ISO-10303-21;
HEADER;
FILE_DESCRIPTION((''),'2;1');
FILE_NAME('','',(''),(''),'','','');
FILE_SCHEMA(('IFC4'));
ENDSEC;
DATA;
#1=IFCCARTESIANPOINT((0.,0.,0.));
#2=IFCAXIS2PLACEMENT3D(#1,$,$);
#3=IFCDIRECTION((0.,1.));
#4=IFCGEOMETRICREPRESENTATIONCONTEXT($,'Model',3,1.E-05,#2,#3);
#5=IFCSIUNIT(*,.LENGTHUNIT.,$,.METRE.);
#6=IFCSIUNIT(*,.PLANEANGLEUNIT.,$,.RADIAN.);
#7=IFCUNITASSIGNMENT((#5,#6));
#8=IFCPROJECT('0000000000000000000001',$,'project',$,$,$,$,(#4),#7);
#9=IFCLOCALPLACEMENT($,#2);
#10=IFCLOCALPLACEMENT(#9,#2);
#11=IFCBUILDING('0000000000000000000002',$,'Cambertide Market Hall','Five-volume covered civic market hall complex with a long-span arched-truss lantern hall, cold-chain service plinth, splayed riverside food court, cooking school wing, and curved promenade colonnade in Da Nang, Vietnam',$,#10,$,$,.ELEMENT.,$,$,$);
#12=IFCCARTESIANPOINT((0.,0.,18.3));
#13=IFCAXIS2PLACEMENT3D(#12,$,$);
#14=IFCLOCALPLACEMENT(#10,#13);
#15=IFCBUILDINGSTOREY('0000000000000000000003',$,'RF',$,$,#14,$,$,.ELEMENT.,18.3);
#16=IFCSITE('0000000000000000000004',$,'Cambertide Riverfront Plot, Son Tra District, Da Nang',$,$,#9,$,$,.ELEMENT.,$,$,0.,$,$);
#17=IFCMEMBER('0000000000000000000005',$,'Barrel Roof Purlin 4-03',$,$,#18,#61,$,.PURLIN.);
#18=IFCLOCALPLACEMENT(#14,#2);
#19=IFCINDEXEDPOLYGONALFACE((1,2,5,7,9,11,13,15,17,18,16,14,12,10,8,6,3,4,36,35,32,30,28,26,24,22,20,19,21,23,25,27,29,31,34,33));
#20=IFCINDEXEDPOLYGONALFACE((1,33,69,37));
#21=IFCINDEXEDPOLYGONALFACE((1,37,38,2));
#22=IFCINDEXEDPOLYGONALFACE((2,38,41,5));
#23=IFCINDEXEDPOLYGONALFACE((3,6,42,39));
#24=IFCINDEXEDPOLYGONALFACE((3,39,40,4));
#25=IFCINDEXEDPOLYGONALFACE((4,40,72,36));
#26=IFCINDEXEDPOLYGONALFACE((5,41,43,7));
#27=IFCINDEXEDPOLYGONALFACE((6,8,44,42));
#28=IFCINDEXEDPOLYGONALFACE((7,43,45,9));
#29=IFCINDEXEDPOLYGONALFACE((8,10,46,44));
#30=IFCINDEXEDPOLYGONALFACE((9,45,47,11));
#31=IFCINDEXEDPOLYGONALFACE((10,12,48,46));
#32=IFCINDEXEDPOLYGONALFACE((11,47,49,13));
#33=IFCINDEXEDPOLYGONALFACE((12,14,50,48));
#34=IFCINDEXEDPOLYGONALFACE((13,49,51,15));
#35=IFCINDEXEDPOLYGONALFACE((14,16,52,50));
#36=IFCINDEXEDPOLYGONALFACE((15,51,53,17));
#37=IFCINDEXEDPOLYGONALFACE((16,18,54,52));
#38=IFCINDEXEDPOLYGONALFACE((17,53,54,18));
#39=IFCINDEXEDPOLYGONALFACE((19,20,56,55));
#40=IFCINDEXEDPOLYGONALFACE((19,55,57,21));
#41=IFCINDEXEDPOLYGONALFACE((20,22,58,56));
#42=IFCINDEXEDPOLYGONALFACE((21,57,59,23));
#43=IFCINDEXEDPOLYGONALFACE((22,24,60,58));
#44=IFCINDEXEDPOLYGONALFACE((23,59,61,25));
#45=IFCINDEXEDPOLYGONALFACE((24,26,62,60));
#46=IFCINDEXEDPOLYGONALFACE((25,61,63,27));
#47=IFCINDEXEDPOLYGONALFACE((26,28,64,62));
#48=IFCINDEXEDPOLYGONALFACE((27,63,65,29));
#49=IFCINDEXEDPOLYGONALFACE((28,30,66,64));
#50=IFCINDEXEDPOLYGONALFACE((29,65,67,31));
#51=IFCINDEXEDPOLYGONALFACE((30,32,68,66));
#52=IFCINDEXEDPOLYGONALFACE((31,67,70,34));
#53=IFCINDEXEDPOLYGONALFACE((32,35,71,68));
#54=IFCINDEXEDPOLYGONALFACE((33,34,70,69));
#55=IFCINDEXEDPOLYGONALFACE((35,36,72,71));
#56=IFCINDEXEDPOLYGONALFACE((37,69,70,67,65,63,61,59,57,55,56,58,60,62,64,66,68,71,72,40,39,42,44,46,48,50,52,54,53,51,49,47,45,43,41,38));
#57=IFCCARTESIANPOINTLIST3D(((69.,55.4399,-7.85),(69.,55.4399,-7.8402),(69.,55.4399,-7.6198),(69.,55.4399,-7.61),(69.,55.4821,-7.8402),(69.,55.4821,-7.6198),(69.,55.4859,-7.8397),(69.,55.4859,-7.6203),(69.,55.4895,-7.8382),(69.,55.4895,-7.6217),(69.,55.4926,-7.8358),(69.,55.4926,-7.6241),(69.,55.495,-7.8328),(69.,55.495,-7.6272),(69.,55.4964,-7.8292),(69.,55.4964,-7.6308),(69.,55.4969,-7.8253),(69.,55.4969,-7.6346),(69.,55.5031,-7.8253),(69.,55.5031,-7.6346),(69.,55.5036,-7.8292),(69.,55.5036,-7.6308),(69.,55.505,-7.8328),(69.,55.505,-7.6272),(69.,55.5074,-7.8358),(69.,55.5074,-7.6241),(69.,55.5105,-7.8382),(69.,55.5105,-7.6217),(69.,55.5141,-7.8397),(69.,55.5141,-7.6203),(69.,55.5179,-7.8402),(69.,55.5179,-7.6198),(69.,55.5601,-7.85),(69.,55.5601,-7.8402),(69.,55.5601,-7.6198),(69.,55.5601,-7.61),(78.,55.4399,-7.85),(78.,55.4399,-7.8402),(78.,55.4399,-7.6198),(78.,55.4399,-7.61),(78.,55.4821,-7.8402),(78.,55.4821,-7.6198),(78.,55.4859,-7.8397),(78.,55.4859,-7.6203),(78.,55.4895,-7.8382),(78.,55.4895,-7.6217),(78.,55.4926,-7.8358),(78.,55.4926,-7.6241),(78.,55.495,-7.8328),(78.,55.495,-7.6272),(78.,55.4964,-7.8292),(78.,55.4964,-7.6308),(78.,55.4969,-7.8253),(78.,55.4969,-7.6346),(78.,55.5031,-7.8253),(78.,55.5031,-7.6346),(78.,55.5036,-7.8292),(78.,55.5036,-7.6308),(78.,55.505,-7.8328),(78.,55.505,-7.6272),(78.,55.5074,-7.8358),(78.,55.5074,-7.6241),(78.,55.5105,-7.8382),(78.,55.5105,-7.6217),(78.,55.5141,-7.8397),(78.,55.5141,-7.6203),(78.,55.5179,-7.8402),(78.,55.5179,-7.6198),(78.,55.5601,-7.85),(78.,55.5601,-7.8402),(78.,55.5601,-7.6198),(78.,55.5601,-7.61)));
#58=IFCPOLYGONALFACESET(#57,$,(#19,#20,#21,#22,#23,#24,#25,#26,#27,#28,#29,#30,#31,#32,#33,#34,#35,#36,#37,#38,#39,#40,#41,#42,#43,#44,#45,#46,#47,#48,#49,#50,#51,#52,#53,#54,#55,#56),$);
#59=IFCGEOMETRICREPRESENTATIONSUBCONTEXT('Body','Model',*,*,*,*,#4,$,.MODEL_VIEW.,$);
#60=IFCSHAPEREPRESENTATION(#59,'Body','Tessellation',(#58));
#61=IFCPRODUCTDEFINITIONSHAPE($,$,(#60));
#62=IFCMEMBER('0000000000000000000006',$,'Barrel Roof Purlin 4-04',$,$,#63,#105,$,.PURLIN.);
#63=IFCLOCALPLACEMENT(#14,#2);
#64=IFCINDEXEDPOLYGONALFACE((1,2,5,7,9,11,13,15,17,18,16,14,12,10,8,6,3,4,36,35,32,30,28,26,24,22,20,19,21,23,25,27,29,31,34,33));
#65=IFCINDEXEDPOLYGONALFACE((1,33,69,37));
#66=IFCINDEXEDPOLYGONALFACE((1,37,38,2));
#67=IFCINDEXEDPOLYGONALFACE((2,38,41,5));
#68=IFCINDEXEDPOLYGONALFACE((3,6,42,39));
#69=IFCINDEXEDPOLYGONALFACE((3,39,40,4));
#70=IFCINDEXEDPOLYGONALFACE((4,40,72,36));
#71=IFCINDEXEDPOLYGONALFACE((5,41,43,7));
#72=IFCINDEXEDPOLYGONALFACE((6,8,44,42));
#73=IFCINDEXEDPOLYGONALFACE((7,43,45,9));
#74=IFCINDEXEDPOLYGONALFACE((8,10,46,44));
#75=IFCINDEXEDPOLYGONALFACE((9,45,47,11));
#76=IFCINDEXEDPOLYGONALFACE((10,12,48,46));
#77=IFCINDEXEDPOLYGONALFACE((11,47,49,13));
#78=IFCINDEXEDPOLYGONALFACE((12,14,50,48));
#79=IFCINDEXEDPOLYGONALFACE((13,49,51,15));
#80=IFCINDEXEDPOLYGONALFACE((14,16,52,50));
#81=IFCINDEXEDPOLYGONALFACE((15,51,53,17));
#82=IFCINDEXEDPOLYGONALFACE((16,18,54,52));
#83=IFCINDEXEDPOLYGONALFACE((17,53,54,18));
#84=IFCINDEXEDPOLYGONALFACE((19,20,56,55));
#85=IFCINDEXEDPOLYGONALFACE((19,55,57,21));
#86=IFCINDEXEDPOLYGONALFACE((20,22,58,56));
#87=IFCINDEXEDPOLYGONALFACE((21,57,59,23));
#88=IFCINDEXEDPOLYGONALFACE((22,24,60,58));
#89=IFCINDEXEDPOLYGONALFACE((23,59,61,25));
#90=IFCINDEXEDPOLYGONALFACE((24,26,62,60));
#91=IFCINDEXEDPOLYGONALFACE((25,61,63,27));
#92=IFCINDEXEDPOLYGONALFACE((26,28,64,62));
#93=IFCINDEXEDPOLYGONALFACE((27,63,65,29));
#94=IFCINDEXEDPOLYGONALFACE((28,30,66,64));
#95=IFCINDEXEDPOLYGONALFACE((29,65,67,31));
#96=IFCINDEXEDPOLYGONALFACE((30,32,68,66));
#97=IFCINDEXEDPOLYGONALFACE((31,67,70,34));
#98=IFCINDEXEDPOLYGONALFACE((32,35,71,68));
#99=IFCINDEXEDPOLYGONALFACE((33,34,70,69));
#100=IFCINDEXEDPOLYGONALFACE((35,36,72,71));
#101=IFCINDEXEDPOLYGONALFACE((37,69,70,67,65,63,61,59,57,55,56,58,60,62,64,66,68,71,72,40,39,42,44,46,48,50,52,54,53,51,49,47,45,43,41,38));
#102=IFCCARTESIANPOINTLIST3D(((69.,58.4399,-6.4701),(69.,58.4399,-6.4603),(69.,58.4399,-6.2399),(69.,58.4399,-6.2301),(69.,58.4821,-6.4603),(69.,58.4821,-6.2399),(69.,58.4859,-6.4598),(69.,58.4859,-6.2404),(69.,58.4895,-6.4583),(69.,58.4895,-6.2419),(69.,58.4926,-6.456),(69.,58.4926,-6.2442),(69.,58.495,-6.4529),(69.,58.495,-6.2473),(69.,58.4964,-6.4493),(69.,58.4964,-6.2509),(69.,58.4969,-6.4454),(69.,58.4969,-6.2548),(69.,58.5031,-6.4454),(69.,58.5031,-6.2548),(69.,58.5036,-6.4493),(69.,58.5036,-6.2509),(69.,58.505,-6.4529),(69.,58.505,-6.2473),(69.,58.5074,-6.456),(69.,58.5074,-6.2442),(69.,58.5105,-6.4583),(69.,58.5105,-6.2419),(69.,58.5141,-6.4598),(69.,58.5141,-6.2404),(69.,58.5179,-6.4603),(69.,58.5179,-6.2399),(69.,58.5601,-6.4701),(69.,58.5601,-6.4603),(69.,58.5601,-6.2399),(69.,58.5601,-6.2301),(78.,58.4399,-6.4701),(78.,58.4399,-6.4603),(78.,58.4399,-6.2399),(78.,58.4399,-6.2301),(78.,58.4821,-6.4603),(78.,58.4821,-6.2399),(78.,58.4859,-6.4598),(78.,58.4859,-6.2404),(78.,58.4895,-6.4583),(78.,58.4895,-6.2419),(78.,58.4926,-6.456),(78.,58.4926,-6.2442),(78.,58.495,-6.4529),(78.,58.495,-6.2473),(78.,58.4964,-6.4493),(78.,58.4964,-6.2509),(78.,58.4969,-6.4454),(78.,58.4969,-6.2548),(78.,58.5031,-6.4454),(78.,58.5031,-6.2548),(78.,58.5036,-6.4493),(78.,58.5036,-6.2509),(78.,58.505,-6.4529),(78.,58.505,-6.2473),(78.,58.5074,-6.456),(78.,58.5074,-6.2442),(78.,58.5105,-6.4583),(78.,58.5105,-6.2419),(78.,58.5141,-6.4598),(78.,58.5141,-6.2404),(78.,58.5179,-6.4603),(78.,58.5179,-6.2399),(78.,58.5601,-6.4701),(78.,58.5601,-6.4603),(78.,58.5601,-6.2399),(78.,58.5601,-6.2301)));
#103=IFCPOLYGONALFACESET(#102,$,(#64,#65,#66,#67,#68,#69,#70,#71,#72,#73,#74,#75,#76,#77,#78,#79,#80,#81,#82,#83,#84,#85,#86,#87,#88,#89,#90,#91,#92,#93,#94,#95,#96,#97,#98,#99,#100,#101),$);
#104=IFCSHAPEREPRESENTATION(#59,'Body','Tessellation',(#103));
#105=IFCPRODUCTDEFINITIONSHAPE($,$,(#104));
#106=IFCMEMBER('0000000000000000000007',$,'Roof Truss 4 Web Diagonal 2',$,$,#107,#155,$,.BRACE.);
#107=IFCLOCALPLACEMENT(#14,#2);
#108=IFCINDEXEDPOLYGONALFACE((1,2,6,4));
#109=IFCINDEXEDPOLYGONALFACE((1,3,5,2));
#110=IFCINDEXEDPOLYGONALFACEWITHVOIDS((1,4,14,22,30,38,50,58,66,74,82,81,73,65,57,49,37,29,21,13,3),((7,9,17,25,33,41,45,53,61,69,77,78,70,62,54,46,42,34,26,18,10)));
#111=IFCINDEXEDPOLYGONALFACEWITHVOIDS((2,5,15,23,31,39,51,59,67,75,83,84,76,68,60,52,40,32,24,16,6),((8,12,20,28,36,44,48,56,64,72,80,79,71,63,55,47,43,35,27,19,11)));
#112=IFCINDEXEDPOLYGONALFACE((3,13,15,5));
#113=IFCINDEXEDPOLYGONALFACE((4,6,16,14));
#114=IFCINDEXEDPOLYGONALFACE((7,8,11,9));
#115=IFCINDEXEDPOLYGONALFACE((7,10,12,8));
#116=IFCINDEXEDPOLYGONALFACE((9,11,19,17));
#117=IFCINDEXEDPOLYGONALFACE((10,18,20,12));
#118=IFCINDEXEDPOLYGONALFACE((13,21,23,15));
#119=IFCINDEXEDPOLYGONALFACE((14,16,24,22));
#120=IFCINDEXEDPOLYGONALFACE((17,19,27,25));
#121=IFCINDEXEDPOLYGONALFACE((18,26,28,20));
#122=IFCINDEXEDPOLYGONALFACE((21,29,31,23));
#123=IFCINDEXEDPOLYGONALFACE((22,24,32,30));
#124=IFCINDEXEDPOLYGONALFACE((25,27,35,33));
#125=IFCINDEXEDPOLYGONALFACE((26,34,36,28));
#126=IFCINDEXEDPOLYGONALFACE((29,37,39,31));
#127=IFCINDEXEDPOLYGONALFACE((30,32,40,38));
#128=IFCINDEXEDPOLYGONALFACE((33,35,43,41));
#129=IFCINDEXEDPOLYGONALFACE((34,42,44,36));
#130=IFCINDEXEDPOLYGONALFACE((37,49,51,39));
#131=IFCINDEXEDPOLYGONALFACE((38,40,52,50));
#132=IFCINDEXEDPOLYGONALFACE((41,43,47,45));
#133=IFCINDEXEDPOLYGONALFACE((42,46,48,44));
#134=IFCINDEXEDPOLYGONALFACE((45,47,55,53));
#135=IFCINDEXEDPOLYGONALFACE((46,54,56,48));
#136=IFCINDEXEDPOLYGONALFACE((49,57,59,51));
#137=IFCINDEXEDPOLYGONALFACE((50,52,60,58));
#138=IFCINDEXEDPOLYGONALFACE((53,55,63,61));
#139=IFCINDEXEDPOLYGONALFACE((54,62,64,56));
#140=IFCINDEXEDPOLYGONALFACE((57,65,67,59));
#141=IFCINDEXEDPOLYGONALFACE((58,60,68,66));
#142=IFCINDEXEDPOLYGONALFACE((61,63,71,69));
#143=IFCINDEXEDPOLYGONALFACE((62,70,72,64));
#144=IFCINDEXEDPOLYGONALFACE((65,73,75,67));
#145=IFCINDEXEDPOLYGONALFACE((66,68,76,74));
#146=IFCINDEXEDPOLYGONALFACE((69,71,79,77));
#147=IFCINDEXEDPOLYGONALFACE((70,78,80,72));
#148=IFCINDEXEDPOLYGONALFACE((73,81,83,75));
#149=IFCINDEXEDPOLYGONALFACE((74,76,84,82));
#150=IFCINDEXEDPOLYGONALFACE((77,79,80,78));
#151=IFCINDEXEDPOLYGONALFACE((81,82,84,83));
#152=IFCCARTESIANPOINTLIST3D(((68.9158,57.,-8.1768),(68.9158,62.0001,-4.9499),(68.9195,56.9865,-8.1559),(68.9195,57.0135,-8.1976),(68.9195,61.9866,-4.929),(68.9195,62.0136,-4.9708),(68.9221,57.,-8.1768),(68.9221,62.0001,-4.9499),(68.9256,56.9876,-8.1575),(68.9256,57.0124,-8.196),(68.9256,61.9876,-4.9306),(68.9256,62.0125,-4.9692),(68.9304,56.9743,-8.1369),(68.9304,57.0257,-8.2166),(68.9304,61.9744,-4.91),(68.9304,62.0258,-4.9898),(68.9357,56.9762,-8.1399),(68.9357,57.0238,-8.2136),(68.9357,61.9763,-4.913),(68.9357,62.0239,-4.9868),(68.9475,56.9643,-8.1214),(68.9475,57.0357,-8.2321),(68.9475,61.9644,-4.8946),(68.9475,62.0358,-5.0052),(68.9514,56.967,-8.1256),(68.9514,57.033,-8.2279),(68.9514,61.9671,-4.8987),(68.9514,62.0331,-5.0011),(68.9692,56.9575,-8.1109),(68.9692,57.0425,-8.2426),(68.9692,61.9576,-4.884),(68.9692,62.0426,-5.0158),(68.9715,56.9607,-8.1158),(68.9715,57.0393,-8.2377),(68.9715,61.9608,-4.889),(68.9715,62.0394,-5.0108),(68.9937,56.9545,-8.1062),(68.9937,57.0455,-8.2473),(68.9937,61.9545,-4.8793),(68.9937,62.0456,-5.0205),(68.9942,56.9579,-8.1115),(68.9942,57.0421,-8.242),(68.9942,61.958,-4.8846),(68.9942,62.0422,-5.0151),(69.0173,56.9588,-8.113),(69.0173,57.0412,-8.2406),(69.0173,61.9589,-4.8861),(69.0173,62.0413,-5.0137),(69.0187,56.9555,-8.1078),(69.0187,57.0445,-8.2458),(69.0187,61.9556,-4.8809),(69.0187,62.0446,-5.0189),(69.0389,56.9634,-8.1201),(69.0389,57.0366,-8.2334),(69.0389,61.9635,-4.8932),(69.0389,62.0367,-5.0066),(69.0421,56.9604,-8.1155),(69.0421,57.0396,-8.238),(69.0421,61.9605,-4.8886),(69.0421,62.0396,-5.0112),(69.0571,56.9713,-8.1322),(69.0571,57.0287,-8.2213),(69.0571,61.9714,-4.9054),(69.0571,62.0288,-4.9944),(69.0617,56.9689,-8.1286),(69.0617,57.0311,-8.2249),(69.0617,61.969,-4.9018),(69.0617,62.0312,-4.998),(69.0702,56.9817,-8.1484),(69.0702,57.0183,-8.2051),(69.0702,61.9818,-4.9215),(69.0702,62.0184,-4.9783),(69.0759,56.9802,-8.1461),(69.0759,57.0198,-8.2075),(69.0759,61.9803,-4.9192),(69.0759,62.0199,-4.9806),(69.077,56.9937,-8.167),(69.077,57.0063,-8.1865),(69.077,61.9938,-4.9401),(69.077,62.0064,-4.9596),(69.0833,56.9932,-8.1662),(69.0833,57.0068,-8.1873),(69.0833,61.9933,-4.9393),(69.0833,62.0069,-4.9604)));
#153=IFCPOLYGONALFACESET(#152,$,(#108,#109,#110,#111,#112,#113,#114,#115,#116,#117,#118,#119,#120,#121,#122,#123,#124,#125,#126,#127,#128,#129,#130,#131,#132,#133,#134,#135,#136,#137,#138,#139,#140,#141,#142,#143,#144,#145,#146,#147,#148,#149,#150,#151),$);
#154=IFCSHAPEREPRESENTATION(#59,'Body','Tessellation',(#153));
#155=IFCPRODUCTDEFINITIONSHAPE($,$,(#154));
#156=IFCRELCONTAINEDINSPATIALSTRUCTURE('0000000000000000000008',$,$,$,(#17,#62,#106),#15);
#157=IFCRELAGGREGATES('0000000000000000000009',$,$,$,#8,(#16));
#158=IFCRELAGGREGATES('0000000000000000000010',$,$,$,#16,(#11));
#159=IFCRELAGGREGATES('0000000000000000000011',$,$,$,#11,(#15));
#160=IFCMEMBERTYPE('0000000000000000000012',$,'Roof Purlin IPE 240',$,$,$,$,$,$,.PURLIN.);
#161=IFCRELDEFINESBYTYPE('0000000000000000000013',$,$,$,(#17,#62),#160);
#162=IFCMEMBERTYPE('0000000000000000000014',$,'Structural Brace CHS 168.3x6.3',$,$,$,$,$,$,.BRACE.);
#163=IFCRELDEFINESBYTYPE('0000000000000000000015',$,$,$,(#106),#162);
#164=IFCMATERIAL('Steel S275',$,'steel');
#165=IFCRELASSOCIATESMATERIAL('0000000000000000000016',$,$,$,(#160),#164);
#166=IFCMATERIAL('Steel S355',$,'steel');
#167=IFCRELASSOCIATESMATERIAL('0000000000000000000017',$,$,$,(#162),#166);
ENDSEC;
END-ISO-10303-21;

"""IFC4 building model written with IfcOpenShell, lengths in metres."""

from ifc_helpers import new_model, si_unit, direction, frame, origin, origin_2d, place, context, subcontext, project, spatial, hollow_circle, i_section, extrude, material, material_profile, profile_set, type_object, element, save


model = new_model("IFC4")

# Units and contexts
model_context = context("Model", 3, precision=1e-05, world=origin(), true_north=direction((0.0, 1.0)))
body_context = subcontext(model_context, "Body", "Model", "MODEL_VIEW")
ifc_project = project(units=[si_unit("LENGTHUNIT", "METRE"), si_unit("PLANEANGLEUNIT", "RADIAN")], contexts=[model_context])

# Site, building, storey
site_placement = place(None, origin())
site = spatial("IfcSite", under=ifc_project, at=site_placement, Name="Cambertide Riverfront Plot, Son Tra District, Da Nang", CompositionType="ELEMENT", RefElevation=0.0)
building_placement = place(site_placement, origin())
building = spatial("IfcBuilding", under=site, at=building_placement, Name="Cambertide Market Hall", Description="Five-volume covered civic market hall complex with a long-span arched-truss lantern hall, cold-chain service plinth, splayed riverside food court, cooking school wing, and curved promenade colonnade in Da Nang, Vietnam", CompositionType="ELEMENT")
storey_placement = place(building_placement, frame((0.0, 0.0, 18.3)))
storey = spatial("IfcBuildingStorey", under=building, at=storey_placement, Name="RF", CompositionType="ELEMENT", Elevation=18.3)

# Members
ifc_material_1 = material(Name="Steel S275", Category="steel")
ifc_material_profile_1 = material_profile(ifc_material_1, i_section(OverallWidth=0.1201, OverallDepth=0.24, WebThickness=0.0061, FlangeThickness=0.0098, FilletRadius=0.0149, at=origin_2d()), Name="IPE 240")
ifc_profile_set_1 = profile_set([ifc_material_profile_1], Name="Steel S275")
member_type_1 = type_object("IfcMemberType", Name="Roof Purlin IPE 240", PredefinedType="PURLIN", material=ifc_profile_set_1)
for number, where, z_axis, x_axis, name in (
    (1, (69.0, 55.5, -7.73), (1.0, 0.0, 0.0), (0.0, 1.0, 0.0), "Barrel Roof Purlin 4-03"),
    (2, (69.0, 58.5, -6.3501), (1.0, 0.0, 0.0), (0.0, 1.0, 0.0), "Barrel Roof Purlin 4-04"),
):
    element("IfcMember", number, at=place(storey_placement, frame(where, z_axis=z_axis, x_axis=x_axis)), inside=storey, type_object=member_type_1, Name=name, PredefinedType="PURLIN", context=body_context, shape_type="SweptSolid", body=[
        extrude(i_section(OverallWidth=0.1201, OverallDepth=0.24, WebThickness=0.0061, FlangeThickness=0.0098, FilletRadius=0.0149, at=origin_2d()), origin(), (0.0, 0.0, 1.0), 9.0),
    ])
ifc_material_2 = material(Name="Steel S355", Category="steel")
ifc_material_profile_2 = material_profile(ifc_material_2, hollow_circle(Radius=0.0842, WallThickness=0.0063, at=origin_2d()), Name="CHS 168.3x6.3")
ifc_profile_set_2 = profile_set([ifc_material_profile_2], Name="Steel S355")
member_type_2 = type_object("IfcMemberType", Name="Structural Brace CHS 168.3x6.3", PredefinedType="BRACE", material=ifc_profile_set_2)
member_1_placement = place(storey_placement, frame((69.0, 57.0, -8.1768), z_axis=(0.0, 0.84022, 0.542246), x_axis=(-1.0, 0.0, 0.0)))
element("IfcMember", 3, at=member_1_placement, inside=storey, type_object=member_type_2, Name="Roof Truss 4 Web Diagonal 2", PredefinedType="BRACE", context=body_context, shape_type="SweptSolid", body=[
    extrude(hollow_circle(Radius=0.0842, WallThickness=0.0063, at=origin_2d()), origin(), (0.0, 0.0, 1.0), 5.9509),
])

save(model, "model.ifc")
